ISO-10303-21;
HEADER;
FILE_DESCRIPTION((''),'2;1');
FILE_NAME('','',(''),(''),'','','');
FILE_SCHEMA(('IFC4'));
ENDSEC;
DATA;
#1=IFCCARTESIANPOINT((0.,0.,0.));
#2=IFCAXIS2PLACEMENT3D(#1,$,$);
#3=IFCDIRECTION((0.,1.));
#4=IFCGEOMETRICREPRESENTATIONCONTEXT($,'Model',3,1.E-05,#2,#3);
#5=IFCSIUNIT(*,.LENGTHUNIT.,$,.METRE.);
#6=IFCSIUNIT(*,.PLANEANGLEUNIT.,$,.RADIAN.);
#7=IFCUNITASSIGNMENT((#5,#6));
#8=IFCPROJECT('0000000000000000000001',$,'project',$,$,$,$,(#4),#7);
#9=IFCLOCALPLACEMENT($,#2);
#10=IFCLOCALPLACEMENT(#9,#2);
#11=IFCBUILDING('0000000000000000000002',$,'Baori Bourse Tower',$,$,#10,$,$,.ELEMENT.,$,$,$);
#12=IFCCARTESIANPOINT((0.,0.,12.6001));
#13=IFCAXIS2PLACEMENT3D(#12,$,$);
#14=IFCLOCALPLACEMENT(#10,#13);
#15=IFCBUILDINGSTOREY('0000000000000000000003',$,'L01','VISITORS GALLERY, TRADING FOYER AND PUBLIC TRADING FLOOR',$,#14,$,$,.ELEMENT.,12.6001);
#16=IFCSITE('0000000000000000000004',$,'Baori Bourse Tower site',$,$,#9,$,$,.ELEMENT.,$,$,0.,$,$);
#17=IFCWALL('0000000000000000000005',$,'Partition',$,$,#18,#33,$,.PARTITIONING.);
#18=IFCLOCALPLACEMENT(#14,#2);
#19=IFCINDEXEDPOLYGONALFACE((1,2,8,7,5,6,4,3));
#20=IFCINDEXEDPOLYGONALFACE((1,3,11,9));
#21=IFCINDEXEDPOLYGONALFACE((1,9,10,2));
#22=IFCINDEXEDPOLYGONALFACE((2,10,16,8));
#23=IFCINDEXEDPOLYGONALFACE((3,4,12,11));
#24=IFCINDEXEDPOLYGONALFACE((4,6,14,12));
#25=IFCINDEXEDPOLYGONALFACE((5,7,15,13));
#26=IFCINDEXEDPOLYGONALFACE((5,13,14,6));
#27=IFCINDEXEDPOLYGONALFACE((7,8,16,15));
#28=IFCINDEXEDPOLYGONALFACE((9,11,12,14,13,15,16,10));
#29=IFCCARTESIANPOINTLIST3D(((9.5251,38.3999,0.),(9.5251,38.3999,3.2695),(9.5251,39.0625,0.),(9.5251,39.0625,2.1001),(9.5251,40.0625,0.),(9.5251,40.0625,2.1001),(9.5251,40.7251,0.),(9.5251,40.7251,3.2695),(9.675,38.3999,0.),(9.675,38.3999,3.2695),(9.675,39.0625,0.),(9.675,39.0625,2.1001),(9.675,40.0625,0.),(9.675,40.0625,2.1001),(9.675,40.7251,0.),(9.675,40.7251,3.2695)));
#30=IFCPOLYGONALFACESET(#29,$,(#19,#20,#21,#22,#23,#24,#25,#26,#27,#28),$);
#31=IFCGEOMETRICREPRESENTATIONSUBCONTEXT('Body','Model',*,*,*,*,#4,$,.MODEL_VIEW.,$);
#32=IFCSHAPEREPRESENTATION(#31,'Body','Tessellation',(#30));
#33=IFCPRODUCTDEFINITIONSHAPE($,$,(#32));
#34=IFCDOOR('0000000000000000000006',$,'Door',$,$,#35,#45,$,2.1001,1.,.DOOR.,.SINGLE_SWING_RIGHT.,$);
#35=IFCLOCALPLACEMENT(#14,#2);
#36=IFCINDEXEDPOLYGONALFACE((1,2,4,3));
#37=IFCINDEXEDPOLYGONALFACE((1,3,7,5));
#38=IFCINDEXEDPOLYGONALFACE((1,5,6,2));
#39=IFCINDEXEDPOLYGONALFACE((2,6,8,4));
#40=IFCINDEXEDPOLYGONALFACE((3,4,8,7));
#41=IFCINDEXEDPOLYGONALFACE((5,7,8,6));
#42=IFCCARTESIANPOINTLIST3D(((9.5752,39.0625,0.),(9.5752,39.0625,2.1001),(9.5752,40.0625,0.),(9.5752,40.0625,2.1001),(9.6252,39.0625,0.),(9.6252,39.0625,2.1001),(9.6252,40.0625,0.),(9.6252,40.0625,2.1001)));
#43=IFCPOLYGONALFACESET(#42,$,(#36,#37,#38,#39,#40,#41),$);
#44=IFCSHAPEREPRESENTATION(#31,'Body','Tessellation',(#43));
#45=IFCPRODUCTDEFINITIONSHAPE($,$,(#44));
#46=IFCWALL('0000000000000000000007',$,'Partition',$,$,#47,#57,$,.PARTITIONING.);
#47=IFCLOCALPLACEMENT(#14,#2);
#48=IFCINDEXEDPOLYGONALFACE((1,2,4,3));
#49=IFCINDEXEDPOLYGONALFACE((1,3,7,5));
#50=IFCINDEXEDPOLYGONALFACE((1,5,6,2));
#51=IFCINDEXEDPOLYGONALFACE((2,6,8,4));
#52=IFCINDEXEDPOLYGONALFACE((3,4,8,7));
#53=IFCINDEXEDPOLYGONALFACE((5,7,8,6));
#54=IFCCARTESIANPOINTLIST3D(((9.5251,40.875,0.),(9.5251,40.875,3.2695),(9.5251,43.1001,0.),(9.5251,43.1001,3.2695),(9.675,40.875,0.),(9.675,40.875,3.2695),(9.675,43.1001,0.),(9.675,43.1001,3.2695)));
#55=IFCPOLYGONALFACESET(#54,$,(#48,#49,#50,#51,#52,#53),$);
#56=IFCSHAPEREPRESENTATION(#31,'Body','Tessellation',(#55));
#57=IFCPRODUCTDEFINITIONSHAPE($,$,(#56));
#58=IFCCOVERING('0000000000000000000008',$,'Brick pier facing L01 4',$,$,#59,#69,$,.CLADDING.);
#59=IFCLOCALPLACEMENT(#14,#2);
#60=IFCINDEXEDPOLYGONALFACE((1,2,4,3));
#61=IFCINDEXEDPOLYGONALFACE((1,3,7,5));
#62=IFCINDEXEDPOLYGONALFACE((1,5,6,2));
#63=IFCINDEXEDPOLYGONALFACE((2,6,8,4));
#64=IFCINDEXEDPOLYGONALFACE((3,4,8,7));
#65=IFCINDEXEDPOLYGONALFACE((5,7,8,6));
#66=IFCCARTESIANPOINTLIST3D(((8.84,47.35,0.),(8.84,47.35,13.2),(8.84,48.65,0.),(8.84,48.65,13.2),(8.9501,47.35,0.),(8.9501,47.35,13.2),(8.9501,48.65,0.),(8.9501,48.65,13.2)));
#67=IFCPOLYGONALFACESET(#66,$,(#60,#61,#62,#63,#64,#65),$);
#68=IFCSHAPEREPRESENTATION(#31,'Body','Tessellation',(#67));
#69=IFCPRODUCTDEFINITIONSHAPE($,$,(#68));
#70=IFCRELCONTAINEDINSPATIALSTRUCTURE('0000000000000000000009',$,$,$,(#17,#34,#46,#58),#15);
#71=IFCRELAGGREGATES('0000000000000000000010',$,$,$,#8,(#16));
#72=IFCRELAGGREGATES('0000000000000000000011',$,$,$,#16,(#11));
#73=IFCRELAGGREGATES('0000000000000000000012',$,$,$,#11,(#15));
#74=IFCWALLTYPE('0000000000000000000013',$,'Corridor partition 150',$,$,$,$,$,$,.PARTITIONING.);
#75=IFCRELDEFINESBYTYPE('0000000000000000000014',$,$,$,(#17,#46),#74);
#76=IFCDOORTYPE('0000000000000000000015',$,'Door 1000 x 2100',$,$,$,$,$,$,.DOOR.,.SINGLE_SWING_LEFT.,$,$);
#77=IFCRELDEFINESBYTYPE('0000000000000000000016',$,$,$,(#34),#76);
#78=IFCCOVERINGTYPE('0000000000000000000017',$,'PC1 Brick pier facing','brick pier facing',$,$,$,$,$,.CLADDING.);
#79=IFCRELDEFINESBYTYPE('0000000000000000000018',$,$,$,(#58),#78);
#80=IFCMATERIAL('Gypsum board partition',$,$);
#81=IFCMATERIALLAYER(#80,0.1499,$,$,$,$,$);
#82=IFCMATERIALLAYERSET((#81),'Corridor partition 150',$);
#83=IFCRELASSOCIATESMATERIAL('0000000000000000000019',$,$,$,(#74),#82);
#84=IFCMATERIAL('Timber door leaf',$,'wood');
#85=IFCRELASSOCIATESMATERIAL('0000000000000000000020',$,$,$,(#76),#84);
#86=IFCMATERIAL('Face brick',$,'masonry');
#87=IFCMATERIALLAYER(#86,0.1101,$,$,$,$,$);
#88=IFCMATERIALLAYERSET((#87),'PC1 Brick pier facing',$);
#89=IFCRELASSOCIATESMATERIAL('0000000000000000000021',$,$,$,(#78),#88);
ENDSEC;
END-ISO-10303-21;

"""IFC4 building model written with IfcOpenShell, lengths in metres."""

from ifc_helpers import new_model, si_unit, direction, frame, frame_2d, origin, origin_2d, place, context, subcontext, project, spatial, rectangle, extrude, material, layer, layer_set, type_object, element, fill, save


model = new_model("IFC4")

# Units and contexts
model_context = context("Model", 3, precision=1e-05, world=origin(), true_north=direction((0.0, 1.0)))
body_context = subcontext(model_context, "Body", "Model", "MODEL_VIEW")
ifc_project = project(units=[si_unit("LENGTHUNIT", "METRE"), si_unit("PLANEANGLEUNIT", "RADIAN")], contexts=[model_context])

# Site, building, storey
site_placement = place(None, origin())
site = spatial("IfcSite", under=ifc_project, at=site_placement, Name="Baori Bourse Tower site", CompositionType="ELEMENT", RefElevation=0.0)
building_placement = place(site_placement, origin())
building = spatial("IfcBuilding", under=site, at=building_placement, Name="Baori Bourse Tower", CompositionType="ELEMENT")
storey_placement = place(building_placement, frame((0.0, 0.0, 12.6001)))
storey = spatial("IfcBuildingStorey", under=building, at=storey_placement, Name="L01", Description="VISITORS GALLERY, TRADING FOYER AND PUBLIC TRADING FLOOR", CompositionType="ELEMENT", Elevation=12.6001)

# Wall, opening, door
ifc_material_1 = material(Name="Gypsum board partition")
ifc_layer_1 = layer(ifc_material_1, 0.1499)
ifc_layer_set_1 = layer_set([ifc_layer_1], Name="Corridor partition 150")
wall_type_1 = type_object("IfcWallType", Name="Corridor partition 150", PredefinedType="PARTITIONING", material=ifc_layer_set_1)
ifc_material_2 = material(Name="Timber door leaf", Category="wood")
door_type_1 = type_object("IfcDoorType", Name="Door 1000 x 2100", OperationType="SINGLE_SWING_LEFT", PredefinedType="DOOR", material=ifc_material_2)
wall_1_placement = place(storey_placement, frame((9.6001, 38.3999, 0.0), z_axis=(0.0, 0.0, 1.0), x_axis=(0.0, 1.0, 0.0)))
wall_1 = element("IfcWall", 1, at=wall_1_placement, inside=storey, type_object=wall_type_1, Name="Partition", PredefinedType="PARTITIONING", context=body_context, shape_type="SweptSolid", body=[
    extrude(rectangle(XDim=2.3252, YDim=0.1499, at=frame_2d((1.1626, 0.0))), origin(), (0.0, 0.0, 1.0), 3.2695),
])
opening_1_placement = place(wall_1_placement, frame((0.6626, 0.0, 0.0)))
opening_1 = element("IfcOpeningElement", 2, at=opening_1_placement, cuts=wall_1, PredefinedType="OPENING", context=body_context, shape_type="SweptSolid", body=[
    extrude(rectangle(XDim=1.0, YDim=2.1001, at=frame_2d((0.5, 1.05))), frame((0.0, 0.085, 0.0), z_axis=(0.0, -1.0, 0.0), x_axis=(1.0, 0.0, 0.0)), (0.0, 0.0, 1.0), 0.1699),
])
door_1_placement = place(opening_1_placement, origin())
door_1 = element("IfcDoor", 3, at=door_1_placement, inside=storey, type_object=door_type_1, Name="Door", OperationType="SINGLE_SWING_RIGHT", OverallHeight=2.1001, OverallWidth=1.0, PredefinedType="DOOR", context=body_context, shape_type="SweptSolid", body=[
    extrude(rectangle(XDim=1.0, YDim=2.1001, at=frame_2d((0.5, 1.05))), frame((0.0, 0.0249, 0.0), z_axis=(0.0, -1.0, 0.0), x_axis=(1.0, 0.0, 0.0)), (0.0, 0.0, 1.0), 0.05),
])
fill(opening_1, door_1)

# Wall
wall_2_placement = place(storey_placement, frame((9.6001, 40.875, 0.0), z_axis=(0.0, 0.0, 1.0), x_axis=(0.0, 1.0, 0.0)))
element("IfcWall", 4, at=wall_2_placement, inside=storey, type_object=wall_type_1, Name="Partition", PredefinedType="PARTITIONING", context=body_context, shape_type="SweptSolid", body=[
    extrude(rectangle(XDim=2.2251, YDim=0.1499, at=frame_2d((1.1125, 0.0))), origin(), (0.0, 0.0, 1.0), 3.2695),
])

# Covering
ifc_material_3 = material(Name="Face brick", Category="masonry")
ifc_layer_2 = layer(ifc_material_3, 0.1101)
ifc_layer_set_2 = layer_set([ifc_layer_2], Name="PC1 Brick pier facing")
covering_type = type_object("IfcCoveringType", Name="PC1 Brick pier facing", Description="brick pier facing", PredefinedType="CLADDING", material=ifc_layer_set_2)
covering_placement = place(storey_placement, frame((8.895, 48.0, 0.0), z_axis=(0.0, 0.0, 1.0), x_axis=(1.0, 0.0, 0.0)))
element("IfcCovering", 5, at=covering_placement, inside=storey, type_object=covering_type, Name="Brick pier facing L01 4", PredefinedType="CLADDING", context=body_context, shape_type="SweptSolid", body=[
    extrude(rectangle(XDim=0.1101, YDim=1.3, at=origin_2d()), origin(), (0.0, 0.0, 1.0), 13.2),
])

save(model, "model.ifc")
